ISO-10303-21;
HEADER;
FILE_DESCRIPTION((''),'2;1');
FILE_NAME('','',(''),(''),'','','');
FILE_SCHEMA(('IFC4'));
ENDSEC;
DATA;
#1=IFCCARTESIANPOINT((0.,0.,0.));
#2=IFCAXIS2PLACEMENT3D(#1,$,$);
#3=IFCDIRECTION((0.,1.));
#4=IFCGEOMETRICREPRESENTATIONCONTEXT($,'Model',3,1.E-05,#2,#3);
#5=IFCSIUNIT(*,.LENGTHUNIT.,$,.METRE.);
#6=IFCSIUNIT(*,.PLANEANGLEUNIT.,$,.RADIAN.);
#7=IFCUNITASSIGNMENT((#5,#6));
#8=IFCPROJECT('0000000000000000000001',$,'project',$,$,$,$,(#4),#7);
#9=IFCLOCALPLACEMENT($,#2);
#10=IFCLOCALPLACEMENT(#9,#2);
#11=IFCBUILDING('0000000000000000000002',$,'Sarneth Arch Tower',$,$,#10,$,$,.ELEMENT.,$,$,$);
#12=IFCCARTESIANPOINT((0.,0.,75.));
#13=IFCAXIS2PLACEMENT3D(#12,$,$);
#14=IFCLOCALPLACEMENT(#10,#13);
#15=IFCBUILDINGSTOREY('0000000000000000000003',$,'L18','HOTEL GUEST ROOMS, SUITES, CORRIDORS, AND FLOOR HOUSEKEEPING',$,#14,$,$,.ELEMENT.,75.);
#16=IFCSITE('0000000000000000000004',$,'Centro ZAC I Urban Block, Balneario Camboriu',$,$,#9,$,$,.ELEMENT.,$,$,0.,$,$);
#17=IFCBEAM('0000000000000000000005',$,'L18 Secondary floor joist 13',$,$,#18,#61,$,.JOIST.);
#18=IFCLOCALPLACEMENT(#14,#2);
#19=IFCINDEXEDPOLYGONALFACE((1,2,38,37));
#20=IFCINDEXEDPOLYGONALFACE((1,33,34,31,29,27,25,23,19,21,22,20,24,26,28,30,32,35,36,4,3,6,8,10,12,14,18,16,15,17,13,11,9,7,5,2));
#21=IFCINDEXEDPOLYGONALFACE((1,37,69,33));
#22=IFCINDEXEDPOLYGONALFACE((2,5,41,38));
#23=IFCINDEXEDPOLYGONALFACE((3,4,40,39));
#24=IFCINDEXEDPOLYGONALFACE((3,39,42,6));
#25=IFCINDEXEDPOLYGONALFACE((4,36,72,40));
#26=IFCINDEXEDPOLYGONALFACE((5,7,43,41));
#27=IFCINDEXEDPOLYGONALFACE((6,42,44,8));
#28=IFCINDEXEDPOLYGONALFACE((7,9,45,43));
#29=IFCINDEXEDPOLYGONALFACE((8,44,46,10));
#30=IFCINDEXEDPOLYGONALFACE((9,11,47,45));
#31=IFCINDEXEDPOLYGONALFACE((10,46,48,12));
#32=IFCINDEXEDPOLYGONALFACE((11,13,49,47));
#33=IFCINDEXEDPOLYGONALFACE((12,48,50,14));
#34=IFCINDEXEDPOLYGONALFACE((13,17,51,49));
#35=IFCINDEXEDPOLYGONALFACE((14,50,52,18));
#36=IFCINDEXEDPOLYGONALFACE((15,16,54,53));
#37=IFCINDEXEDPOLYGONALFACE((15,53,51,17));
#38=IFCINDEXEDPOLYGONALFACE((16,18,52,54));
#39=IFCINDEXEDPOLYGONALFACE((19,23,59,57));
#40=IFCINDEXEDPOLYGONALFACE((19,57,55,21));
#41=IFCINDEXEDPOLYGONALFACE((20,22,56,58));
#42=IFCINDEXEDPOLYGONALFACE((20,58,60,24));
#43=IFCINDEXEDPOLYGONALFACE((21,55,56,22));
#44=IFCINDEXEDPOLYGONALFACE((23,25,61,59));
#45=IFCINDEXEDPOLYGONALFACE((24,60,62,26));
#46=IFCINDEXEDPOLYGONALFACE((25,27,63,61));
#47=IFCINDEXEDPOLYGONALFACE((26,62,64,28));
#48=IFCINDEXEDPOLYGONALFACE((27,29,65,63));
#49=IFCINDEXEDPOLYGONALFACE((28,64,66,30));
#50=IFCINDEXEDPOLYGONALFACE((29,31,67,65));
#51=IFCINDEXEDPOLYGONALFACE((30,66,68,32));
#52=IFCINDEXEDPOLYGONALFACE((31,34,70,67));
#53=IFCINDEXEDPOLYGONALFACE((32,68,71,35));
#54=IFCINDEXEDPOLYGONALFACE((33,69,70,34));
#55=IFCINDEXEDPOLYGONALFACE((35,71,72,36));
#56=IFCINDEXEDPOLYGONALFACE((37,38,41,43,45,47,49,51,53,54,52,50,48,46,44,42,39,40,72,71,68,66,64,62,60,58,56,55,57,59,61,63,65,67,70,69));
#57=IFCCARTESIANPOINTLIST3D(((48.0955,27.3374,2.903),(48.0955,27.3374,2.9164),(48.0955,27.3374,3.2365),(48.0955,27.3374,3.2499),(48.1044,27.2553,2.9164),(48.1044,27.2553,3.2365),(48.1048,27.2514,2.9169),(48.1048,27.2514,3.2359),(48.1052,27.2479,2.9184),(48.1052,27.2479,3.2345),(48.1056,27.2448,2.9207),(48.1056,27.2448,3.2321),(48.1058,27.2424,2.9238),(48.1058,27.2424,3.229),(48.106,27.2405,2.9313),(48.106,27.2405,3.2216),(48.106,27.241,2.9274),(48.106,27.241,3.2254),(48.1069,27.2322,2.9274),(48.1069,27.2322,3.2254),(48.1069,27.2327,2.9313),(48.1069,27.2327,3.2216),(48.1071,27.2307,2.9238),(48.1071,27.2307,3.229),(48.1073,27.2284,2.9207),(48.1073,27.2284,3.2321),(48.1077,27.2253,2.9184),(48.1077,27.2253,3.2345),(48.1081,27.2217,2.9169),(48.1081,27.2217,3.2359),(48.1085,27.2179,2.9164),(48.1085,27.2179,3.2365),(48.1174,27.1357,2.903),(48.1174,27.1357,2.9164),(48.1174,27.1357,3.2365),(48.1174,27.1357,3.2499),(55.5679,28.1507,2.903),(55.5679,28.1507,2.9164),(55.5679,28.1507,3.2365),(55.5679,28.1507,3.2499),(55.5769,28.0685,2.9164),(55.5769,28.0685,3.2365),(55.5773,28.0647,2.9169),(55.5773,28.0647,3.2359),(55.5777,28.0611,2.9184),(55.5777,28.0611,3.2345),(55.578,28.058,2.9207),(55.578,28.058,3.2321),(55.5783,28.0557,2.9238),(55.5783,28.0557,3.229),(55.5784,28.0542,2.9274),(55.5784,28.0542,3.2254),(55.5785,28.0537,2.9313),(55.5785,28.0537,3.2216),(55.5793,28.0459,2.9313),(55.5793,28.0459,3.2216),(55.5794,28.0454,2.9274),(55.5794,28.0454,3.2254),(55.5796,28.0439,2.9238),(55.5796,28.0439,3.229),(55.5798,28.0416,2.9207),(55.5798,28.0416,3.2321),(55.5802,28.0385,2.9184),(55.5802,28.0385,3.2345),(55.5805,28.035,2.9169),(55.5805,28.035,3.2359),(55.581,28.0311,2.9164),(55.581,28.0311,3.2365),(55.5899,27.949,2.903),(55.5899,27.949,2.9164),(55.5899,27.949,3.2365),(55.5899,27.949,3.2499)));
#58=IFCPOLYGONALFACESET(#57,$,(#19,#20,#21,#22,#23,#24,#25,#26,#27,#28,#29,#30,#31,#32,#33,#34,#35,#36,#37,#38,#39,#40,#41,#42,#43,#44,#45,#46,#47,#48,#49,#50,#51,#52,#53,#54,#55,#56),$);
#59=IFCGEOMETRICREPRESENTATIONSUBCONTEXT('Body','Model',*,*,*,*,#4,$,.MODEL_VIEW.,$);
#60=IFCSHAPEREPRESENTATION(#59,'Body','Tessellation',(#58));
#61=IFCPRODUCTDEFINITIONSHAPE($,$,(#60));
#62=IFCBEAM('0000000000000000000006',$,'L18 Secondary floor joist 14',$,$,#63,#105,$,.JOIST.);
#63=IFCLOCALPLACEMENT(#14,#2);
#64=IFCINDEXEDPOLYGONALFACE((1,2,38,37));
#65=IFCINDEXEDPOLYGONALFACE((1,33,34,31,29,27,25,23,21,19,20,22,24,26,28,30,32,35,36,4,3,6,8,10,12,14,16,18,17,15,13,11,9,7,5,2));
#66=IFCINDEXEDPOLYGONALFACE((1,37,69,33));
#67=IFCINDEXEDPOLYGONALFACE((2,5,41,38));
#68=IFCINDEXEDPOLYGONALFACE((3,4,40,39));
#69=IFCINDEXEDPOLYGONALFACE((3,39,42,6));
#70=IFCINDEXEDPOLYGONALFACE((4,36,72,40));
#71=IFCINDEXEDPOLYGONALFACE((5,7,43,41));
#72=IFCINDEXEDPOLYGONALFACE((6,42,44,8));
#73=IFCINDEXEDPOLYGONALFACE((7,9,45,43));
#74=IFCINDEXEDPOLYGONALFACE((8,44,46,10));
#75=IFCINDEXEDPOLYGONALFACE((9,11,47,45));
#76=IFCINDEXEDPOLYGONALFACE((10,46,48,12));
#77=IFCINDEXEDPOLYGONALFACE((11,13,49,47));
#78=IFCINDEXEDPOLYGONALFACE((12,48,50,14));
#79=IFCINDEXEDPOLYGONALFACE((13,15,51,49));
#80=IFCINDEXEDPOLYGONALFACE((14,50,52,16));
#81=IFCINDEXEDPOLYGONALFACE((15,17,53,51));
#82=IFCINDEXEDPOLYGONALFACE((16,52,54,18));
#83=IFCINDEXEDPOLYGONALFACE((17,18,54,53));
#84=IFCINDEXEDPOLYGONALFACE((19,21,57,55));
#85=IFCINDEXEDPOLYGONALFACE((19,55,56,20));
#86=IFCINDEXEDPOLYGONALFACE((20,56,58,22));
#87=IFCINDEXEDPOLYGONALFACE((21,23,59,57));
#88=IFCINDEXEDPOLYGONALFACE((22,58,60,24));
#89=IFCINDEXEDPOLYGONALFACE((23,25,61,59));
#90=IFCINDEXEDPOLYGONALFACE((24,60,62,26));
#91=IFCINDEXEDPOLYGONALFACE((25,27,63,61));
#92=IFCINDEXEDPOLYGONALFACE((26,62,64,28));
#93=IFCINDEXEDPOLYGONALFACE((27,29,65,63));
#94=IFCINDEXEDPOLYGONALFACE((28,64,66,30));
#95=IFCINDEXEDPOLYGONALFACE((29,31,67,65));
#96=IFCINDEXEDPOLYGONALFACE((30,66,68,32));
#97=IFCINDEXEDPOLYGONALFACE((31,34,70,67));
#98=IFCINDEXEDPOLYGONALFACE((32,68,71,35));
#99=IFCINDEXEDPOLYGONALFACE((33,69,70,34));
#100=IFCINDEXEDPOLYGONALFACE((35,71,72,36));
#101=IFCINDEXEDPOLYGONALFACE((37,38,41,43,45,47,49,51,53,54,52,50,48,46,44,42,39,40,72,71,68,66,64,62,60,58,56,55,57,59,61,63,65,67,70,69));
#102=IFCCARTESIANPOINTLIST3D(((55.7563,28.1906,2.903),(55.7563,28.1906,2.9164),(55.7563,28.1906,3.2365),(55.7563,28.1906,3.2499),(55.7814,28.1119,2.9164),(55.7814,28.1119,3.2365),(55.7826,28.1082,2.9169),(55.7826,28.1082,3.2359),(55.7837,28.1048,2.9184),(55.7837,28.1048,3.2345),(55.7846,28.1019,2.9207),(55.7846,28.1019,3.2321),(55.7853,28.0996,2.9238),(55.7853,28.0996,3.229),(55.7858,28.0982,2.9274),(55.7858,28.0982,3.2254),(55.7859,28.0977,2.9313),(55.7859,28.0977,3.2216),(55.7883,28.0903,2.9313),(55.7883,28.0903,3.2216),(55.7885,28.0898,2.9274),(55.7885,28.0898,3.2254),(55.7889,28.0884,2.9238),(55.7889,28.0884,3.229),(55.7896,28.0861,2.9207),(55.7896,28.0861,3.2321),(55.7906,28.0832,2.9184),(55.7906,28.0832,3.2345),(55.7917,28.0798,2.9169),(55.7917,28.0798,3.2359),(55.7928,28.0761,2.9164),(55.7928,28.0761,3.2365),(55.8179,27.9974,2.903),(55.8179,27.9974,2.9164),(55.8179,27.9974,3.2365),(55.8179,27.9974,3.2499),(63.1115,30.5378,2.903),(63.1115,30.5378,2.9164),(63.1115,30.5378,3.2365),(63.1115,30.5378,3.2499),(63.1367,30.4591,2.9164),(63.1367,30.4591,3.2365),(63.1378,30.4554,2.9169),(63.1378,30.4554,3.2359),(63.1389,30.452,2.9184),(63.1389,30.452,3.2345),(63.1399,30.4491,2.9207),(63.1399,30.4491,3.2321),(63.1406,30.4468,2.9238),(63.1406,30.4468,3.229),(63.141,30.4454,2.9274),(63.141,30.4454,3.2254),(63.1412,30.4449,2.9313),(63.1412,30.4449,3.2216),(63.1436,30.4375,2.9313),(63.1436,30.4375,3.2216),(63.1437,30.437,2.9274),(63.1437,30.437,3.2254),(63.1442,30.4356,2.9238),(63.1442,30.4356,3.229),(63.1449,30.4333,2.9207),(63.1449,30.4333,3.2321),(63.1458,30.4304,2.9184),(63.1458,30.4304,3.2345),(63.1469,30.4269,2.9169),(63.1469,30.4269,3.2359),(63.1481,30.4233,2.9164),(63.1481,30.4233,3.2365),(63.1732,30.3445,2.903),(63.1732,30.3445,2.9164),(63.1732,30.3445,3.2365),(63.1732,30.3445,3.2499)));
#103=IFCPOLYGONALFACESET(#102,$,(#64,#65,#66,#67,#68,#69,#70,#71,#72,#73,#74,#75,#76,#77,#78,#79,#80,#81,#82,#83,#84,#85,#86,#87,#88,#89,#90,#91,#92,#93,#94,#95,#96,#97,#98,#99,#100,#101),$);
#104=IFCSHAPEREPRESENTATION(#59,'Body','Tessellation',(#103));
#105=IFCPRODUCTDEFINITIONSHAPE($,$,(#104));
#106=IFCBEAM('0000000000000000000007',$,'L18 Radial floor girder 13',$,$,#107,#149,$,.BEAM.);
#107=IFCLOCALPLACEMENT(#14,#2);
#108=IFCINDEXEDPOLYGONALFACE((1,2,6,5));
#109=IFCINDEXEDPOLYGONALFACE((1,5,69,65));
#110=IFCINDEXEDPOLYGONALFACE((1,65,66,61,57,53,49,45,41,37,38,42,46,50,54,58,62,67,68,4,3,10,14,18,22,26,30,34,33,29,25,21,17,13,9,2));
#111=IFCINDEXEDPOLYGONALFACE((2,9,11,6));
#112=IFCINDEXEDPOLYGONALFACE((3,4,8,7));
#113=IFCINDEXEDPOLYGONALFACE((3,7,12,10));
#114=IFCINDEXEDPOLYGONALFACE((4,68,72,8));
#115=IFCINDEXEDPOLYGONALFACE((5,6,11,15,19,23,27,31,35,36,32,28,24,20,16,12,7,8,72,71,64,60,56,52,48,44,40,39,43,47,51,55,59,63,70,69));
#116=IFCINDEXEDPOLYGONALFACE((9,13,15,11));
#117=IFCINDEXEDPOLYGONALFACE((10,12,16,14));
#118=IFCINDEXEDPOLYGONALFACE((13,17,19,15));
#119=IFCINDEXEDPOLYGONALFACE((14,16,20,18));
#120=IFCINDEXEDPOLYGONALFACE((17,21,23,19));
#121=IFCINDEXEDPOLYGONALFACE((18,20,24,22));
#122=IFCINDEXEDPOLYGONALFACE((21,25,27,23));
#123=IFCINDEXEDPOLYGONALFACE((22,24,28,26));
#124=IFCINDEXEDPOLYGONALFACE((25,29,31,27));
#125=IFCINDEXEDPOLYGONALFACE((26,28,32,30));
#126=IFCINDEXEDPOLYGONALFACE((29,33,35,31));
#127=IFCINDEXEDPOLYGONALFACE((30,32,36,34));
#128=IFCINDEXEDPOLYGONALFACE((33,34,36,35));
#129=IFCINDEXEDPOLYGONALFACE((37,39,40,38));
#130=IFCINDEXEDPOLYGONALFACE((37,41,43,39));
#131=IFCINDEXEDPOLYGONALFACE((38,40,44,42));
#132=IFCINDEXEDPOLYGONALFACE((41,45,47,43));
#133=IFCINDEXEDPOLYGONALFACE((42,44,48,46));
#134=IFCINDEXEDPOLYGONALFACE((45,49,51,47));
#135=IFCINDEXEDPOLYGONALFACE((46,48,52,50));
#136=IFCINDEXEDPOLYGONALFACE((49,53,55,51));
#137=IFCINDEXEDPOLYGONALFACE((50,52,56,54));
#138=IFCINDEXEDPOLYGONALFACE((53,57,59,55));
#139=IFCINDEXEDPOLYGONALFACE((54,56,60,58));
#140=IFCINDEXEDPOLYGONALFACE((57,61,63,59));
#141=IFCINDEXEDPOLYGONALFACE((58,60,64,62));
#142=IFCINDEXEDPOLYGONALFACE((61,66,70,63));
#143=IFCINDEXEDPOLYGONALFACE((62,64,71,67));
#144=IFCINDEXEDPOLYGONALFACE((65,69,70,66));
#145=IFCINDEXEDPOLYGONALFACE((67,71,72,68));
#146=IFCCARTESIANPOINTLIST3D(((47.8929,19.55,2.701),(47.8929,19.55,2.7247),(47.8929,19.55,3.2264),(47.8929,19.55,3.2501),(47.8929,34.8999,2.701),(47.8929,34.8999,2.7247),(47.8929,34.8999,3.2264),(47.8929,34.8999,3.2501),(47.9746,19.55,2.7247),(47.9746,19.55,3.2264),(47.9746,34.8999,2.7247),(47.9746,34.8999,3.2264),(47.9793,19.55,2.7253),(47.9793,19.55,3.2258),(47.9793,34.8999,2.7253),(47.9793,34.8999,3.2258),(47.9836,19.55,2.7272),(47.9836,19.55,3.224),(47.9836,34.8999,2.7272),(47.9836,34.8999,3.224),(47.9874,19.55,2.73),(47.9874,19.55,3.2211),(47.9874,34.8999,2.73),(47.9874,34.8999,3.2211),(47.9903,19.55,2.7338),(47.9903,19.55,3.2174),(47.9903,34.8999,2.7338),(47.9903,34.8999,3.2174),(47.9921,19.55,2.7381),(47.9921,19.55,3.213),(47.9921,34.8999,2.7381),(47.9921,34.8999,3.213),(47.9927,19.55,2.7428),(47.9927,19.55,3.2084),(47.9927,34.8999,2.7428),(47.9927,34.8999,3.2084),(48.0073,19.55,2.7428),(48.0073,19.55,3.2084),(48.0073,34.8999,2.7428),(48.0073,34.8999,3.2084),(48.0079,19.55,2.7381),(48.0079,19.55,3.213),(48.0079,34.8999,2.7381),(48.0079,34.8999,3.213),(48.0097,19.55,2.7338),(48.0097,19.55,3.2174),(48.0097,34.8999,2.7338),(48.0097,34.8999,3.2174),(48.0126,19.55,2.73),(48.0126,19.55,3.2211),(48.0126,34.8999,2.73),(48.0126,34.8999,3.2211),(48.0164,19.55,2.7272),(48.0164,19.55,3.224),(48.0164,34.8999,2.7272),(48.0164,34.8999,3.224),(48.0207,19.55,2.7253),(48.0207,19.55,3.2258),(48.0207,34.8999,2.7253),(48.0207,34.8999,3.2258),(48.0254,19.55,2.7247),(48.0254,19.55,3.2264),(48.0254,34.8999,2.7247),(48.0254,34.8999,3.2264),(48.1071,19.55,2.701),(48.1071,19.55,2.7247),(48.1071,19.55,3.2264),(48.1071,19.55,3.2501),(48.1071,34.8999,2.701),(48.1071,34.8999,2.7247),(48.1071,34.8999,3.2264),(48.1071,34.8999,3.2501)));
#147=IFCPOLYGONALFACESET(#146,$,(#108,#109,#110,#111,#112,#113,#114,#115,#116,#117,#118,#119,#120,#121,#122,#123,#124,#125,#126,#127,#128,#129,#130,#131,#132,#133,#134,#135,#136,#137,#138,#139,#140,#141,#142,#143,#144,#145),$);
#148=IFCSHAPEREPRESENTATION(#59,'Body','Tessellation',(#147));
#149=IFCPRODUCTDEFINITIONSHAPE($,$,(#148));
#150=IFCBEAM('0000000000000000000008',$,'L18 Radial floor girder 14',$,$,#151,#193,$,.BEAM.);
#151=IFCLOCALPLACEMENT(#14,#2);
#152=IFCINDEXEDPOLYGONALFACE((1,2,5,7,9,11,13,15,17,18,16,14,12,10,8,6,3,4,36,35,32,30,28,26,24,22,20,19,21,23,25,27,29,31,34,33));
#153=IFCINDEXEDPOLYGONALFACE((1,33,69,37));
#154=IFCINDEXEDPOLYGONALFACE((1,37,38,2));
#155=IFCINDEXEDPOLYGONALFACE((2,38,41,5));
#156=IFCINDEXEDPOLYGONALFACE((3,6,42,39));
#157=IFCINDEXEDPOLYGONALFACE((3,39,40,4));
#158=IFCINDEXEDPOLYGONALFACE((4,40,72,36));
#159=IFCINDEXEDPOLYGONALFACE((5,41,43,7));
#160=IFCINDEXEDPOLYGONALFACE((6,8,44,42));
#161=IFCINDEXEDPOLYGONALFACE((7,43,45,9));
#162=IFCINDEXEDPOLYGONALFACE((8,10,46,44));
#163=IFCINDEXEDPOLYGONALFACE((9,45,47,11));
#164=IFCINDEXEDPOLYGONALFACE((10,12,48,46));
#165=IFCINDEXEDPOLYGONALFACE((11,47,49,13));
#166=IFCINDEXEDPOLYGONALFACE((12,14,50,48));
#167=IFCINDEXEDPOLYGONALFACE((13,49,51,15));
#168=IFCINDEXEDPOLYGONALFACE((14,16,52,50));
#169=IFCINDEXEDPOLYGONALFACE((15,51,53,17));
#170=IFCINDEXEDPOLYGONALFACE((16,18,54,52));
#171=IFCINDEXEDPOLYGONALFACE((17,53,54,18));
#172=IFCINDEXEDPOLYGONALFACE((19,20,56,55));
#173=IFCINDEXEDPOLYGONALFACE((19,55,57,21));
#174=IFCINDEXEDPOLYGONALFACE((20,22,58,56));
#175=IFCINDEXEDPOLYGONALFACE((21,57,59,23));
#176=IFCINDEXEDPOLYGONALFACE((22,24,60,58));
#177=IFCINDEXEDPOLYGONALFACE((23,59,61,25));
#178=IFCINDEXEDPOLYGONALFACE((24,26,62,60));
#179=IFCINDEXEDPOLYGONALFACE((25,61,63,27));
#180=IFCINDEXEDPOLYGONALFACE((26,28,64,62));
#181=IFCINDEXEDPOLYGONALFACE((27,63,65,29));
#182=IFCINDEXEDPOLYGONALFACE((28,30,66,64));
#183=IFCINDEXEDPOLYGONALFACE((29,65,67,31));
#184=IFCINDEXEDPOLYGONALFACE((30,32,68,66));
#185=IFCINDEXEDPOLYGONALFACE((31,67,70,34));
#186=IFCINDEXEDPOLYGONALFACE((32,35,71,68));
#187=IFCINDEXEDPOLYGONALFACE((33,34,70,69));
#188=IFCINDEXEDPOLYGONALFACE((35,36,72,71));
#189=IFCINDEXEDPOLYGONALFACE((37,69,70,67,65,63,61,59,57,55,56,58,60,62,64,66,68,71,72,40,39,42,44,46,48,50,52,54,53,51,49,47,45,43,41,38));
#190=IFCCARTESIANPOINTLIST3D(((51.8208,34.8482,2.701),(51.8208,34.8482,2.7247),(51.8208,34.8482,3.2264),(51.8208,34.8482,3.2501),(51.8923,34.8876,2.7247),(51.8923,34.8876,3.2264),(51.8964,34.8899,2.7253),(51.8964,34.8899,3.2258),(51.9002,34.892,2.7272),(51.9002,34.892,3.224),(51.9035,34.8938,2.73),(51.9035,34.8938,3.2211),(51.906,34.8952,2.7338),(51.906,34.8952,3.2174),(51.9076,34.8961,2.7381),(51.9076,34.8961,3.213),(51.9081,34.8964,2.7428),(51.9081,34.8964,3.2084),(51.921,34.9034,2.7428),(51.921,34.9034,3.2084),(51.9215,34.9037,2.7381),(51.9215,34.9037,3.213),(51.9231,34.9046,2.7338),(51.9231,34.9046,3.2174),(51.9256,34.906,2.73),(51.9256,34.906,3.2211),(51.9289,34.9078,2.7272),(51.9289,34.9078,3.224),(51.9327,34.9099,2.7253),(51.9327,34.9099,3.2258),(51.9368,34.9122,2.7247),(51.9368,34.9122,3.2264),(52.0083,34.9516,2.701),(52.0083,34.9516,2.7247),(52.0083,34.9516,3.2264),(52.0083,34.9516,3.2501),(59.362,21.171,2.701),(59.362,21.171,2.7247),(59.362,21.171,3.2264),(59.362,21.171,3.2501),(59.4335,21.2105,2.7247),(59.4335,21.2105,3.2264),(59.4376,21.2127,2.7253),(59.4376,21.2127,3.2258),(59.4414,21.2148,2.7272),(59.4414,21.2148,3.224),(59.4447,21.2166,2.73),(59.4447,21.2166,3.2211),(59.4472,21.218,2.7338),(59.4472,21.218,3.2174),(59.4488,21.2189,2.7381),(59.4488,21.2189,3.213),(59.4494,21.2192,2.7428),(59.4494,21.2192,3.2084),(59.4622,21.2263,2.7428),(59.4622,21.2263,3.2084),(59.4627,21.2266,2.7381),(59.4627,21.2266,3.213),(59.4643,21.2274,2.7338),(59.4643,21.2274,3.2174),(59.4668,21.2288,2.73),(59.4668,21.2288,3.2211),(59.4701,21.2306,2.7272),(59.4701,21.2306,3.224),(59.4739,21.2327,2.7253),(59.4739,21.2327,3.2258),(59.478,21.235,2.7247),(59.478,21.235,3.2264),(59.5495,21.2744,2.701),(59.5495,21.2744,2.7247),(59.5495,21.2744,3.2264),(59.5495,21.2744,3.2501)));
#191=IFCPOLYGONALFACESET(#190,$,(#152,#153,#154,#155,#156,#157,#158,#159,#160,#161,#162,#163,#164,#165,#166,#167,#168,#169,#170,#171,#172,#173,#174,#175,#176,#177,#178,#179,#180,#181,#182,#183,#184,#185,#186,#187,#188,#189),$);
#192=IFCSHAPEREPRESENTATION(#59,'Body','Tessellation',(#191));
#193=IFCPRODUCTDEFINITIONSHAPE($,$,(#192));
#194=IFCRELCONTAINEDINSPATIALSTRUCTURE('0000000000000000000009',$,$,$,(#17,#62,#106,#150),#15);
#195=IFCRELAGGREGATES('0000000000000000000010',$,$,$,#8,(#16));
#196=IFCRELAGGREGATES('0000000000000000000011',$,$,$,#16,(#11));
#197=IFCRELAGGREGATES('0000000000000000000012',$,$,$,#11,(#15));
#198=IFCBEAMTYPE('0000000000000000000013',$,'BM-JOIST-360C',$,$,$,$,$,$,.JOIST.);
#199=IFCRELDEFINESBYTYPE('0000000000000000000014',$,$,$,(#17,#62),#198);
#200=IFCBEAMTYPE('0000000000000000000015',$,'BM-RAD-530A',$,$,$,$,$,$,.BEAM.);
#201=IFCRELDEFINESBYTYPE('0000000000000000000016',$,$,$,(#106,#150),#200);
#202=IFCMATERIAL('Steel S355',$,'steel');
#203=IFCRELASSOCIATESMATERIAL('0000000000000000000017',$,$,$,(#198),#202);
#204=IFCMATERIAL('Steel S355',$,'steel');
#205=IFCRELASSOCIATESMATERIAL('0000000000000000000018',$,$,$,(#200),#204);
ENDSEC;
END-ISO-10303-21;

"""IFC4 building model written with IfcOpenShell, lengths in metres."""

from ifc_helpers import new_model, si_unit, direction, frame, origin, origin_2d, place, context, subcontext, project, spatial, i_section, extrude, material, material_profile, profile_set, type_object, element, save


model = new_model("IFC4")

# Units and contexts
model_context = context("Model", 3, precision=1e-05, world=origin(), true_north=direction((0.0, 1.0)))
body_context = subcontext(model_context, "Body", "Model", "MODEL_VIEW")
ifc_project = project(units=[si_unit("LENGTHUNIT", "METRE"), si_unit("PLANEANGLEUNIT", "RADIAN")], contexts=[model_context])

# Site, building, storey
site_placement = place(None, origin())
site = spatial("IfcSite", under=ifc_project, at=site_placement, Name="Centro ZAC I Urban Block, Balneario Camboriu", CompositionType="ELEMENT", RefElevation=0.0)
building_placement = place(site_placement, origin())
building = spatial("IfcBuilding", under=site, at=building_placement, Name="Sarneth Arch Tower", CompositionType="ELEMENT")
storey_placement = place(building_placement, frame((0.0, 0.0, 75.0)))
storey = spatial("IfcBuildingStorey", under=building, at=storey_placement, Name="L18", Description="HOTEL GUEST ROOMS, SUITES, CORRIDORS, AND FLOOR HOUSEKEEPING", CompositionType="ELEMENT", Elevation=75.0)

# Beams
ifc_material_1 = material(Name="Steel S355", Category="steel")
ifc_material_profile_1 = material_profile(ifc_material_1, i_section(OverallWidth=0.2029, OverallDepth=0.3469, WebThickness=0.0078, FlangeThickness=0.0134, FilletRadius=0.0149, at=origin_2d()), Name="W360x64")
ifc_profile_set_1 = profile_set([ifc_material_profile_1], Name="Steel S355")
beam_type_1 = type_object("IfcBeamType", Name="BM-JOIST-360C", PredefinedType="JOIST", material=ifc_profile_set_1)
beam_1_placement = place(storey_placement, frame((48.1064, 27.2366, 3.0764), z_axis=(0.99413, 0.108192, 0.0), x_axis=(-0.108192, 0.99413, 0.0)))
element("IfcBeam", 1, at=beam_1_placement, inside=storey, type_object=beam_type_1, Name="L18 Secondary floor joist 13", PredefinedType="JOIST", context=body_context, shape_type="SweptSolid", body=[
    extrude(i_section(OverallWidth=0.2029, OverallDepth=0.3469, WebThickness=0.0078, FlangeThickness=0.0134, FilletRadius=0.0149, at=origin_2d()), origin(), (0.0, 0.0, 1.0), 7.5166),
])
beam_2_placement = place(storey_placement, frame((55.7871, 28.094, 3.0764), z_axis=(0.952668, 0.304011, 0.0), x_axis=(-0.304011, 0.952668, 0.0)))
element("IfcBeam", 2, at=beam_2_placement, inside=storey, type_object=beam_type_1, Name="L18 Secondary floor joist 14", PredefinedType="JOIST", context=body_context, shape_type="SweptSolid", body=[
    extrude(i_section(OverallWidth=0.2029, OverallDepth=0.3469, WebThickness=0.0078, FlangeThickness=0.0134, FilletRadius=0.0149, at=origin_2d()), origin(), (0.0, 0.0, 1.0), 7.7207),
])
ifc_material_2 = material(Name="Steel S355", Category="steel")
ifc_material_profile_2 = material_profile(ifc_material_2, i_section(OverallWidth=0.2141, OverallDepth=0.5491, WebThickness=0.0146, FlangeThickness=0.0237, FilletRadius=0.0181, at=origin_2d()), Name="W530x138")
ifc_profile_set_2 = profile_set([ifc_material_profile_2], Name="Steel S355")
beam_type_2 = type_object("IfcBeamType", Name="BM-RAD-530A", PredefinedType="BEAM", material=ifc_profile_set_2)
beam_3_placement = place(storey_placement, frame((48.0, 34.8999, 2.9756), z_axis=(0.0, -1.0, 0.0), x_axis=(1.0, 0.0, 0.0)))
element("IfcBeam", 3, at=beam_3_placement, inside=storey, type_object=beam_type_2, Name="L18 Radial floor girder 13", PredefinedType="BEAM", context=body_context, shape_type="SweptSolid", body=[
    extrude(i_section(OverallWidth=0.2141, OverallDepth=0.5491, WebThickness=0.0146, FlangeThickness=0.0237, FilletRadius=0.0181, at=origin_2d()), origin(), (0.0, 0.0, 1.0), 15.3499),
])
beam_4_placement = place(storey_placement, frame((51.9146, 34.8999, 2.9756), z_axis=(0.482841, -0.875708, 0.0), x_axis=(0.875708, 0.482841, 0.0)))
element("IfcBeam", 4, at=beam_4_placement, inside=storey, type_object=beam_type_2, Name="L18 Radial floor girder 14", PredefinedType="BEAM", context=body_context, shape_type="SweptSolid", body=[
    extrude(i_section(OverallWidth=0.2141, OverallDepth=0.5491, WebThickness=0.0146, FlangeThickness=0.0237, FilletRadius=0.0181, at=origin_2d()), origin(), (0.0, 0.0, 1.0), 15.6184),
])

save(model, "model.ifc")
